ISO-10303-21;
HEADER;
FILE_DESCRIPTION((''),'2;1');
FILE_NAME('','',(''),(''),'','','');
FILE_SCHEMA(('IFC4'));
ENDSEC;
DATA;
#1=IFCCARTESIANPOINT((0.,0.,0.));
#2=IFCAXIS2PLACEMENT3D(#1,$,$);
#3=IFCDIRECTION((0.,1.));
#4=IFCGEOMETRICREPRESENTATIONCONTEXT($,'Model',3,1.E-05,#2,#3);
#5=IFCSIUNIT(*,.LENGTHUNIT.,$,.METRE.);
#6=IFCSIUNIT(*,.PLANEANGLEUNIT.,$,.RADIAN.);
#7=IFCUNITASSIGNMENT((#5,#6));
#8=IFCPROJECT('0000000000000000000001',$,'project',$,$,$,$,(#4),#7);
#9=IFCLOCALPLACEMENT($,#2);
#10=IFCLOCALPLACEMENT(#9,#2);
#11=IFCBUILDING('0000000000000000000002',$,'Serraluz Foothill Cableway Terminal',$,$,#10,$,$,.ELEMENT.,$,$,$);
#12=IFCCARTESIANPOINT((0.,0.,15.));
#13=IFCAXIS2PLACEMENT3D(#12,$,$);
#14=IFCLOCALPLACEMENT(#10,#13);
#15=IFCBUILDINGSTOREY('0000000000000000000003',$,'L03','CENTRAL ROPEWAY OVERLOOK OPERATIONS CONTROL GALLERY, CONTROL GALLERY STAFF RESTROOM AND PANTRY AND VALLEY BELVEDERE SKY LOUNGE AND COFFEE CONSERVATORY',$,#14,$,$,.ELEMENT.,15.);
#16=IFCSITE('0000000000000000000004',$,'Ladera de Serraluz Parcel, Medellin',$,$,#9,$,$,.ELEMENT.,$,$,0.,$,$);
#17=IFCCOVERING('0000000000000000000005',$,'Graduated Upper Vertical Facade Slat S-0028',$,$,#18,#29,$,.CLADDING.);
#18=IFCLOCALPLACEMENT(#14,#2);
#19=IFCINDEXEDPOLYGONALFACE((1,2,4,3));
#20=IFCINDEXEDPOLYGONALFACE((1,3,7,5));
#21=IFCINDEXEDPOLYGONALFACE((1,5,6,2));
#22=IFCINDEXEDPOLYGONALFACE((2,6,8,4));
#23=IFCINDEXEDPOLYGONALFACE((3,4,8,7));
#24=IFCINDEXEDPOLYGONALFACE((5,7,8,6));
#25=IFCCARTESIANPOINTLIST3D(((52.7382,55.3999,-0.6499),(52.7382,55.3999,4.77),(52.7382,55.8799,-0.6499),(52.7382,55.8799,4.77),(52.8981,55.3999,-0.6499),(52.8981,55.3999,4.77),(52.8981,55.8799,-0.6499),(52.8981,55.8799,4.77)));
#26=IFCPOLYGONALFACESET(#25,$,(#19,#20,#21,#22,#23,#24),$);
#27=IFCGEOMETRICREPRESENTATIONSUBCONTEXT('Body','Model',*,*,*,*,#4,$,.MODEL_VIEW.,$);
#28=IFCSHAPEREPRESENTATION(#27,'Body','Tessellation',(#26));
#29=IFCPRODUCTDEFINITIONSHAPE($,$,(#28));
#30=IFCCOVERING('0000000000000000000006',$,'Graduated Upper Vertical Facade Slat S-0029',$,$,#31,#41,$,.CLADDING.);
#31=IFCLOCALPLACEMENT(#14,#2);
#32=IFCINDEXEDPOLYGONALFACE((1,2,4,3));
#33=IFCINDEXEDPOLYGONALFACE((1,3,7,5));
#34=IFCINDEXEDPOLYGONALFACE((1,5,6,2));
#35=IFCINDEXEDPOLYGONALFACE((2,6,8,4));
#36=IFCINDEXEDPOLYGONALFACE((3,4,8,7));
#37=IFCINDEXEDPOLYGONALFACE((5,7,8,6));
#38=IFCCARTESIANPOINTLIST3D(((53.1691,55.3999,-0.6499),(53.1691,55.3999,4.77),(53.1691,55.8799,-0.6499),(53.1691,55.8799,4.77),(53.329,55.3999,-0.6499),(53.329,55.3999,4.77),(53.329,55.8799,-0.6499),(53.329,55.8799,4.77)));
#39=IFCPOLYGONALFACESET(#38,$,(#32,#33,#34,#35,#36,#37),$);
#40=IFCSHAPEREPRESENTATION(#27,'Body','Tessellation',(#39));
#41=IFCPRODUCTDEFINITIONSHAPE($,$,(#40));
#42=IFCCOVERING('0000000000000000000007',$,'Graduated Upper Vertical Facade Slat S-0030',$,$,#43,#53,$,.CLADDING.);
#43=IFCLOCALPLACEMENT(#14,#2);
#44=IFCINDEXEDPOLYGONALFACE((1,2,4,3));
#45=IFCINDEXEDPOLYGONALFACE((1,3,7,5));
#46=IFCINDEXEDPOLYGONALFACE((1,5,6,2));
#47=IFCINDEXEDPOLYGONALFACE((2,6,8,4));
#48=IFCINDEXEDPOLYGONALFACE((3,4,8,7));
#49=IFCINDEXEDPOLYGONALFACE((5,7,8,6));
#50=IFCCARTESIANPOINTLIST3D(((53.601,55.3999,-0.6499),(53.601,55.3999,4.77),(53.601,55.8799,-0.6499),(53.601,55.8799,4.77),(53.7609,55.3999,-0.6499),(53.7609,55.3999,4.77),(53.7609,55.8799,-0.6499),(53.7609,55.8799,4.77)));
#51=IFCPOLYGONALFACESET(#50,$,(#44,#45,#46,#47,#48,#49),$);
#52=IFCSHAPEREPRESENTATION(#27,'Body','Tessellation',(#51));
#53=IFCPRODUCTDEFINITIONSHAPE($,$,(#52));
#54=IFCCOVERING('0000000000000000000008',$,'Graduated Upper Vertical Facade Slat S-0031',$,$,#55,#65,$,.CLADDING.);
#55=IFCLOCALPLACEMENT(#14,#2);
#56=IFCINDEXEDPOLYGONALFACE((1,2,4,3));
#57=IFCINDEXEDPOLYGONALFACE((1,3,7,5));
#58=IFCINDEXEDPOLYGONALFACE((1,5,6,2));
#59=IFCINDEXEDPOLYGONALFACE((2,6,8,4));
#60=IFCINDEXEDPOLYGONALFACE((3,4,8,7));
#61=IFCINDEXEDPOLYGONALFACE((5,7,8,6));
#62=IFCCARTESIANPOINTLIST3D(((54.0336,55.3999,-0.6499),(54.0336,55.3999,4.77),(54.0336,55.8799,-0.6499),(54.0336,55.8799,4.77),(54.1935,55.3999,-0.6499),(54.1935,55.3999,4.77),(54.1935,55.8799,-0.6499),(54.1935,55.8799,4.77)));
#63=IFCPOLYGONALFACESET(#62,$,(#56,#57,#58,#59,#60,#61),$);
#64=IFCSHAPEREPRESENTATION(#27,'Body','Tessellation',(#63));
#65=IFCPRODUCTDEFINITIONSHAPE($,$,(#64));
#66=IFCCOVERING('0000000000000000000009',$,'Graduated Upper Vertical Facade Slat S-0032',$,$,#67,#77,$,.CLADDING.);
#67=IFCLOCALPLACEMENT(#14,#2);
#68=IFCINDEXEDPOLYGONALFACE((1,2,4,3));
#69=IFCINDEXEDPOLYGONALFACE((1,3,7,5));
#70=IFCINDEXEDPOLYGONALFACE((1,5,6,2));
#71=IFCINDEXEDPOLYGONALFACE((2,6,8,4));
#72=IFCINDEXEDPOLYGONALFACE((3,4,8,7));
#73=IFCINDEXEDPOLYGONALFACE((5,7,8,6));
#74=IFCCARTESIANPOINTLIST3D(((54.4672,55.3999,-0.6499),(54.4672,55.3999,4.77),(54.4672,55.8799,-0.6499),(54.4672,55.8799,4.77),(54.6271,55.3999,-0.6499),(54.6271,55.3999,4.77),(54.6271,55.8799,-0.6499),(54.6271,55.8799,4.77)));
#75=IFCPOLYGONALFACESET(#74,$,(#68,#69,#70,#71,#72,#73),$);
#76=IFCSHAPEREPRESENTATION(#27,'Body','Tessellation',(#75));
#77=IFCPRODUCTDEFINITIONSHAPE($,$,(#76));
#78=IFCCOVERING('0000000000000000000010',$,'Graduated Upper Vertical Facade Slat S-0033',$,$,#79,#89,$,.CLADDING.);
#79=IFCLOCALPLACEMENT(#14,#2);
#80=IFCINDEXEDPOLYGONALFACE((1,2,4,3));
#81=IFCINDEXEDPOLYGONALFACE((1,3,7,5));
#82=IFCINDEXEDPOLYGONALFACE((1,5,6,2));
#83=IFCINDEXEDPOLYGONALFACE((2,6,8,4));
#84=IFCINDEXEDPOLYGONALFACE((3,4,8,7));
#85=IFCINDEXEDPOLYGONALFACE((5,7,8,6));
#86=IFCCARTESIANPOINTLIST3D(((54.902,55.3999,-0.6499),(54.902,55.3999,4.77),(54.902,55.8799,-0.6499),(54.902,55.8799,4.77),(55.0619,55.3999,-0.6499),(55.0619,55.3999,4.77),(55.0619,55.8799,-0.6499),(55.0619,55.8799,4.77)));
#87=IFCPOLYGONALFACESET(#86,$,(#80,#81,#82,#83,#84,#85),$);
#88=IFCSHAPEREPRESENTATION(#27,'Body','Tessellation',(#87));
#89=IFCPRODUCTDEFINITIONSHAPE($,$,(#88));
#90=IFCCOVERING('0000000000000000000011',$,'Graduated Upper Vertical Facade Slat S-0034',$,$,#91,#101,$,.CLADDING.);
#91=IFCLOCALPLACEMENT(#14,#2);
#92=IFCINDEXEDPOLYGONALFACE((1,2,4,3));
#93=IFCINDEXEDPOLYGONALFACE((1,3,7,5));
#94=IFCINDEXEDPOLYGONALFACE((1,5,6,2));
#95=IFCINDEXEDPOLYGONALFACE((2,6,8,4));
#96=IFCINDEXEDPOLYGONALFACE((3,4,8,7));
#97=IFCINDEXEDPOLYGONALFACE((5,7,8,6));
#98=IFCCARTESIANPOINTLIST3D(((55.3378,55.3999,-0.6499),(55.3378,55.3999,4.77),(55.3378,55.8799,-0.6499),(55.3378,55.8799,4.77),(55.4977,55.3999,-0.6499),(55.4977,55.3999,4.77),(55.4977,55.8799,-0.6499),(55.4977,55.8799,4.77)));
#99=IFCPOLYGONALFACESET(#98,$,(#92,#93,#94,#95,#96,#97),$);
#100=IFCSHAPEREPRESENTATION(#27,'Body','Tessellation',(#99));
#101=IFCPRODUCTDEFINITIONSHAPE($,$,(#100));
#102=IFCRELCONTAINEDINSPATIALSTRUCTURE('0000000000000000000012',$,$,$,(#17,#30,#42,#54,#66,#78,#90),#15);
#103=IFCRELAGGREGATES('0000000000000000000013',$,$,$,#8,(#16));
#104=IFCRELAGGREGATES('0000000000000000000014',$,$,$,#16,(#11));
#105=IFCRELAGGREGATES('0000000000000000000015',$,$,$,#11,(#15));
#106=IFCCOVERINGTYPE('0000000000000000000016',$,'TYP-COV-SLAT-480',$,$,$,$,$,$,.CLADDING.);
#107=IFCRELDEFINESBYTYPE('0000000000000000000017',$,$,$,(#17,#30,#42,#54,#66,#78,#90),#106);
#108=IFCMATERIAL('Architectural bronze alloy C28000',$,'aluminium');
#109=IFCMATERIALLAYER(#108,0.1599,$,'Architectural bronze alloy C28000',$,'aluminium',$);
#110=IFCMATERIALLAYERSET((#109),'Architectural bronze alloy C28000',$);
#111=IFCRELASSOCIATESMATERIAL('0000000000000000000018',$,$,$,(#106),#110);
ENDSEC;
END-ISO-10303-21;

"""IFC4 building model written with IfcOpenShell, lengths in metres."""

from ifc_helpers import new_model, si_unit, direction, frame, origin, origin_2d, place, context, subcontext, project, spatial, rectangle, extrude, material, layer, layer_set, type_object, element, save


model = new_model("IFC4")

# Units and contexts
model_context = context("Model", 3, precision=1e-05, world=origin(), true_north=direction((0.0, 1.0)))
body_context = subcontext(model_context, "Body", "Model", "MODEL_VIEW")
ifc_project = project(units=[si_unit("LENGTHUNIT", "METRE"), si_unit("PLANEANGLEUNIT", "RADIAN")], contexts=[model_context])

# Site, building, storey
site_placement = place(None, origin())
site = spatial("IfcSite", under=ifc_project, at=site_placement, Name="Ladera de Serraluz Parcel, Medellin", CompositionType="ELEMENT", RefElevation=0.0)
building_placement = place(site_placement, origin())
building = spatial("IfcBuilding", under=site, at=building_placement, Name="Serraluz Foothill Cableway Terminal", CompositionType="ELEMENT")
storey_placement = place(building_placement, frame((0.0, 0.0, 15.0)))
storey = spatial("IfcBuildingStorey", under=building, at=storey_placement, Name="L03", Description="CENTRAL ROPEWAY OVERLOOK OPERATIONS CONTROL GALLERY, CONTROL GALLERY STAFF RESTROOM AND PANTRY AND VALLEY BELVEDERE SKY LOUNGE AND COFFEE CONSERVATORY", CompositionType="ELEMENT", Elevation=15.0)

# Shared definitions
ifc_material_1 = material(Name="Architectural bronze alloy C28000", Category="aluminium")

# Coverings
ifc_layer_1 = layer(ifc_material_1, 0.1599, Name="Architectural bronze alloy C28000", Category="aluminium")
ifc_layer_set_1 = layer_set([ifc_layer_1], Name="Architectural bronze alloy C28000")
covering_type = type_object("IfcCoveringType", Name="TYP-COV-SLAT-480", PredefinedType="CLADDING", material=ifc_layer_set_1)
for number, where, z_axis, x_axis, name in (
    (1, (52.8181, 55.6399, -0.6499), (0.0, 0.0, 1.0), (1.0, 0.0, 0.0), "Graduated Upper Vertical Facade Slat S-0028"),
    (2, (53.249, 55.6399, -0.6499), (0.0, 0.0, 1.0), (1.0, 0.0, 0.0), "Graduated Upper Vertical Facade Slat S-0029"),
    (3, (53.6809, 55.6399, -0.6499), (0.0, 0.0, 1.0), (1.0, 0.0, 0.0), "Graduated Upper Vertical Facade Slat S-0030"),
    (4, (54.1135, 55.6399, -0.6499), (0.0, 0.0, 1.0), (1.0, 0.0, 0.0), "Graduated Upper Vertical Facade Slat S-0031"),
    (5, (54.5471, 55.6399, -0.6499), (0.0, 0.0, 1.0), (1.0, 0.0, 0.0), "Graduated Upper Vertical Facade Slat S-0032"),
    (6, (54.9819, 55.6399, -0.6499), (0.0, 0.0, 1.0), (1.0, 0.0, 0.0), "Graduated Upper Vertical Facade Slat S-0033"),
    (7, (55.4177, 55.6399, -0.6499), (0.0, 0.0, 1.0), (1.0, 0.0, 0.0), "Graduated Upper Vertical Facade Slat S-0034"),
):
    element("IfcCovering", number, at=place(storey_placement, frame(where, z_axis=z_axis, x_axis=x_axis)), inside=storey, type_object=covering_type, Name=name, PredefinedType="CLADDING", context=body_context, shape_type="SweptSolid", body=[
        extrude(rectangle(XDim=0.1599, YDim=0.48, at=origin_2d()), origin(), (0.0, 0.0, 1.0), 5.4199),
    ])

save(model, "model.ifc")
